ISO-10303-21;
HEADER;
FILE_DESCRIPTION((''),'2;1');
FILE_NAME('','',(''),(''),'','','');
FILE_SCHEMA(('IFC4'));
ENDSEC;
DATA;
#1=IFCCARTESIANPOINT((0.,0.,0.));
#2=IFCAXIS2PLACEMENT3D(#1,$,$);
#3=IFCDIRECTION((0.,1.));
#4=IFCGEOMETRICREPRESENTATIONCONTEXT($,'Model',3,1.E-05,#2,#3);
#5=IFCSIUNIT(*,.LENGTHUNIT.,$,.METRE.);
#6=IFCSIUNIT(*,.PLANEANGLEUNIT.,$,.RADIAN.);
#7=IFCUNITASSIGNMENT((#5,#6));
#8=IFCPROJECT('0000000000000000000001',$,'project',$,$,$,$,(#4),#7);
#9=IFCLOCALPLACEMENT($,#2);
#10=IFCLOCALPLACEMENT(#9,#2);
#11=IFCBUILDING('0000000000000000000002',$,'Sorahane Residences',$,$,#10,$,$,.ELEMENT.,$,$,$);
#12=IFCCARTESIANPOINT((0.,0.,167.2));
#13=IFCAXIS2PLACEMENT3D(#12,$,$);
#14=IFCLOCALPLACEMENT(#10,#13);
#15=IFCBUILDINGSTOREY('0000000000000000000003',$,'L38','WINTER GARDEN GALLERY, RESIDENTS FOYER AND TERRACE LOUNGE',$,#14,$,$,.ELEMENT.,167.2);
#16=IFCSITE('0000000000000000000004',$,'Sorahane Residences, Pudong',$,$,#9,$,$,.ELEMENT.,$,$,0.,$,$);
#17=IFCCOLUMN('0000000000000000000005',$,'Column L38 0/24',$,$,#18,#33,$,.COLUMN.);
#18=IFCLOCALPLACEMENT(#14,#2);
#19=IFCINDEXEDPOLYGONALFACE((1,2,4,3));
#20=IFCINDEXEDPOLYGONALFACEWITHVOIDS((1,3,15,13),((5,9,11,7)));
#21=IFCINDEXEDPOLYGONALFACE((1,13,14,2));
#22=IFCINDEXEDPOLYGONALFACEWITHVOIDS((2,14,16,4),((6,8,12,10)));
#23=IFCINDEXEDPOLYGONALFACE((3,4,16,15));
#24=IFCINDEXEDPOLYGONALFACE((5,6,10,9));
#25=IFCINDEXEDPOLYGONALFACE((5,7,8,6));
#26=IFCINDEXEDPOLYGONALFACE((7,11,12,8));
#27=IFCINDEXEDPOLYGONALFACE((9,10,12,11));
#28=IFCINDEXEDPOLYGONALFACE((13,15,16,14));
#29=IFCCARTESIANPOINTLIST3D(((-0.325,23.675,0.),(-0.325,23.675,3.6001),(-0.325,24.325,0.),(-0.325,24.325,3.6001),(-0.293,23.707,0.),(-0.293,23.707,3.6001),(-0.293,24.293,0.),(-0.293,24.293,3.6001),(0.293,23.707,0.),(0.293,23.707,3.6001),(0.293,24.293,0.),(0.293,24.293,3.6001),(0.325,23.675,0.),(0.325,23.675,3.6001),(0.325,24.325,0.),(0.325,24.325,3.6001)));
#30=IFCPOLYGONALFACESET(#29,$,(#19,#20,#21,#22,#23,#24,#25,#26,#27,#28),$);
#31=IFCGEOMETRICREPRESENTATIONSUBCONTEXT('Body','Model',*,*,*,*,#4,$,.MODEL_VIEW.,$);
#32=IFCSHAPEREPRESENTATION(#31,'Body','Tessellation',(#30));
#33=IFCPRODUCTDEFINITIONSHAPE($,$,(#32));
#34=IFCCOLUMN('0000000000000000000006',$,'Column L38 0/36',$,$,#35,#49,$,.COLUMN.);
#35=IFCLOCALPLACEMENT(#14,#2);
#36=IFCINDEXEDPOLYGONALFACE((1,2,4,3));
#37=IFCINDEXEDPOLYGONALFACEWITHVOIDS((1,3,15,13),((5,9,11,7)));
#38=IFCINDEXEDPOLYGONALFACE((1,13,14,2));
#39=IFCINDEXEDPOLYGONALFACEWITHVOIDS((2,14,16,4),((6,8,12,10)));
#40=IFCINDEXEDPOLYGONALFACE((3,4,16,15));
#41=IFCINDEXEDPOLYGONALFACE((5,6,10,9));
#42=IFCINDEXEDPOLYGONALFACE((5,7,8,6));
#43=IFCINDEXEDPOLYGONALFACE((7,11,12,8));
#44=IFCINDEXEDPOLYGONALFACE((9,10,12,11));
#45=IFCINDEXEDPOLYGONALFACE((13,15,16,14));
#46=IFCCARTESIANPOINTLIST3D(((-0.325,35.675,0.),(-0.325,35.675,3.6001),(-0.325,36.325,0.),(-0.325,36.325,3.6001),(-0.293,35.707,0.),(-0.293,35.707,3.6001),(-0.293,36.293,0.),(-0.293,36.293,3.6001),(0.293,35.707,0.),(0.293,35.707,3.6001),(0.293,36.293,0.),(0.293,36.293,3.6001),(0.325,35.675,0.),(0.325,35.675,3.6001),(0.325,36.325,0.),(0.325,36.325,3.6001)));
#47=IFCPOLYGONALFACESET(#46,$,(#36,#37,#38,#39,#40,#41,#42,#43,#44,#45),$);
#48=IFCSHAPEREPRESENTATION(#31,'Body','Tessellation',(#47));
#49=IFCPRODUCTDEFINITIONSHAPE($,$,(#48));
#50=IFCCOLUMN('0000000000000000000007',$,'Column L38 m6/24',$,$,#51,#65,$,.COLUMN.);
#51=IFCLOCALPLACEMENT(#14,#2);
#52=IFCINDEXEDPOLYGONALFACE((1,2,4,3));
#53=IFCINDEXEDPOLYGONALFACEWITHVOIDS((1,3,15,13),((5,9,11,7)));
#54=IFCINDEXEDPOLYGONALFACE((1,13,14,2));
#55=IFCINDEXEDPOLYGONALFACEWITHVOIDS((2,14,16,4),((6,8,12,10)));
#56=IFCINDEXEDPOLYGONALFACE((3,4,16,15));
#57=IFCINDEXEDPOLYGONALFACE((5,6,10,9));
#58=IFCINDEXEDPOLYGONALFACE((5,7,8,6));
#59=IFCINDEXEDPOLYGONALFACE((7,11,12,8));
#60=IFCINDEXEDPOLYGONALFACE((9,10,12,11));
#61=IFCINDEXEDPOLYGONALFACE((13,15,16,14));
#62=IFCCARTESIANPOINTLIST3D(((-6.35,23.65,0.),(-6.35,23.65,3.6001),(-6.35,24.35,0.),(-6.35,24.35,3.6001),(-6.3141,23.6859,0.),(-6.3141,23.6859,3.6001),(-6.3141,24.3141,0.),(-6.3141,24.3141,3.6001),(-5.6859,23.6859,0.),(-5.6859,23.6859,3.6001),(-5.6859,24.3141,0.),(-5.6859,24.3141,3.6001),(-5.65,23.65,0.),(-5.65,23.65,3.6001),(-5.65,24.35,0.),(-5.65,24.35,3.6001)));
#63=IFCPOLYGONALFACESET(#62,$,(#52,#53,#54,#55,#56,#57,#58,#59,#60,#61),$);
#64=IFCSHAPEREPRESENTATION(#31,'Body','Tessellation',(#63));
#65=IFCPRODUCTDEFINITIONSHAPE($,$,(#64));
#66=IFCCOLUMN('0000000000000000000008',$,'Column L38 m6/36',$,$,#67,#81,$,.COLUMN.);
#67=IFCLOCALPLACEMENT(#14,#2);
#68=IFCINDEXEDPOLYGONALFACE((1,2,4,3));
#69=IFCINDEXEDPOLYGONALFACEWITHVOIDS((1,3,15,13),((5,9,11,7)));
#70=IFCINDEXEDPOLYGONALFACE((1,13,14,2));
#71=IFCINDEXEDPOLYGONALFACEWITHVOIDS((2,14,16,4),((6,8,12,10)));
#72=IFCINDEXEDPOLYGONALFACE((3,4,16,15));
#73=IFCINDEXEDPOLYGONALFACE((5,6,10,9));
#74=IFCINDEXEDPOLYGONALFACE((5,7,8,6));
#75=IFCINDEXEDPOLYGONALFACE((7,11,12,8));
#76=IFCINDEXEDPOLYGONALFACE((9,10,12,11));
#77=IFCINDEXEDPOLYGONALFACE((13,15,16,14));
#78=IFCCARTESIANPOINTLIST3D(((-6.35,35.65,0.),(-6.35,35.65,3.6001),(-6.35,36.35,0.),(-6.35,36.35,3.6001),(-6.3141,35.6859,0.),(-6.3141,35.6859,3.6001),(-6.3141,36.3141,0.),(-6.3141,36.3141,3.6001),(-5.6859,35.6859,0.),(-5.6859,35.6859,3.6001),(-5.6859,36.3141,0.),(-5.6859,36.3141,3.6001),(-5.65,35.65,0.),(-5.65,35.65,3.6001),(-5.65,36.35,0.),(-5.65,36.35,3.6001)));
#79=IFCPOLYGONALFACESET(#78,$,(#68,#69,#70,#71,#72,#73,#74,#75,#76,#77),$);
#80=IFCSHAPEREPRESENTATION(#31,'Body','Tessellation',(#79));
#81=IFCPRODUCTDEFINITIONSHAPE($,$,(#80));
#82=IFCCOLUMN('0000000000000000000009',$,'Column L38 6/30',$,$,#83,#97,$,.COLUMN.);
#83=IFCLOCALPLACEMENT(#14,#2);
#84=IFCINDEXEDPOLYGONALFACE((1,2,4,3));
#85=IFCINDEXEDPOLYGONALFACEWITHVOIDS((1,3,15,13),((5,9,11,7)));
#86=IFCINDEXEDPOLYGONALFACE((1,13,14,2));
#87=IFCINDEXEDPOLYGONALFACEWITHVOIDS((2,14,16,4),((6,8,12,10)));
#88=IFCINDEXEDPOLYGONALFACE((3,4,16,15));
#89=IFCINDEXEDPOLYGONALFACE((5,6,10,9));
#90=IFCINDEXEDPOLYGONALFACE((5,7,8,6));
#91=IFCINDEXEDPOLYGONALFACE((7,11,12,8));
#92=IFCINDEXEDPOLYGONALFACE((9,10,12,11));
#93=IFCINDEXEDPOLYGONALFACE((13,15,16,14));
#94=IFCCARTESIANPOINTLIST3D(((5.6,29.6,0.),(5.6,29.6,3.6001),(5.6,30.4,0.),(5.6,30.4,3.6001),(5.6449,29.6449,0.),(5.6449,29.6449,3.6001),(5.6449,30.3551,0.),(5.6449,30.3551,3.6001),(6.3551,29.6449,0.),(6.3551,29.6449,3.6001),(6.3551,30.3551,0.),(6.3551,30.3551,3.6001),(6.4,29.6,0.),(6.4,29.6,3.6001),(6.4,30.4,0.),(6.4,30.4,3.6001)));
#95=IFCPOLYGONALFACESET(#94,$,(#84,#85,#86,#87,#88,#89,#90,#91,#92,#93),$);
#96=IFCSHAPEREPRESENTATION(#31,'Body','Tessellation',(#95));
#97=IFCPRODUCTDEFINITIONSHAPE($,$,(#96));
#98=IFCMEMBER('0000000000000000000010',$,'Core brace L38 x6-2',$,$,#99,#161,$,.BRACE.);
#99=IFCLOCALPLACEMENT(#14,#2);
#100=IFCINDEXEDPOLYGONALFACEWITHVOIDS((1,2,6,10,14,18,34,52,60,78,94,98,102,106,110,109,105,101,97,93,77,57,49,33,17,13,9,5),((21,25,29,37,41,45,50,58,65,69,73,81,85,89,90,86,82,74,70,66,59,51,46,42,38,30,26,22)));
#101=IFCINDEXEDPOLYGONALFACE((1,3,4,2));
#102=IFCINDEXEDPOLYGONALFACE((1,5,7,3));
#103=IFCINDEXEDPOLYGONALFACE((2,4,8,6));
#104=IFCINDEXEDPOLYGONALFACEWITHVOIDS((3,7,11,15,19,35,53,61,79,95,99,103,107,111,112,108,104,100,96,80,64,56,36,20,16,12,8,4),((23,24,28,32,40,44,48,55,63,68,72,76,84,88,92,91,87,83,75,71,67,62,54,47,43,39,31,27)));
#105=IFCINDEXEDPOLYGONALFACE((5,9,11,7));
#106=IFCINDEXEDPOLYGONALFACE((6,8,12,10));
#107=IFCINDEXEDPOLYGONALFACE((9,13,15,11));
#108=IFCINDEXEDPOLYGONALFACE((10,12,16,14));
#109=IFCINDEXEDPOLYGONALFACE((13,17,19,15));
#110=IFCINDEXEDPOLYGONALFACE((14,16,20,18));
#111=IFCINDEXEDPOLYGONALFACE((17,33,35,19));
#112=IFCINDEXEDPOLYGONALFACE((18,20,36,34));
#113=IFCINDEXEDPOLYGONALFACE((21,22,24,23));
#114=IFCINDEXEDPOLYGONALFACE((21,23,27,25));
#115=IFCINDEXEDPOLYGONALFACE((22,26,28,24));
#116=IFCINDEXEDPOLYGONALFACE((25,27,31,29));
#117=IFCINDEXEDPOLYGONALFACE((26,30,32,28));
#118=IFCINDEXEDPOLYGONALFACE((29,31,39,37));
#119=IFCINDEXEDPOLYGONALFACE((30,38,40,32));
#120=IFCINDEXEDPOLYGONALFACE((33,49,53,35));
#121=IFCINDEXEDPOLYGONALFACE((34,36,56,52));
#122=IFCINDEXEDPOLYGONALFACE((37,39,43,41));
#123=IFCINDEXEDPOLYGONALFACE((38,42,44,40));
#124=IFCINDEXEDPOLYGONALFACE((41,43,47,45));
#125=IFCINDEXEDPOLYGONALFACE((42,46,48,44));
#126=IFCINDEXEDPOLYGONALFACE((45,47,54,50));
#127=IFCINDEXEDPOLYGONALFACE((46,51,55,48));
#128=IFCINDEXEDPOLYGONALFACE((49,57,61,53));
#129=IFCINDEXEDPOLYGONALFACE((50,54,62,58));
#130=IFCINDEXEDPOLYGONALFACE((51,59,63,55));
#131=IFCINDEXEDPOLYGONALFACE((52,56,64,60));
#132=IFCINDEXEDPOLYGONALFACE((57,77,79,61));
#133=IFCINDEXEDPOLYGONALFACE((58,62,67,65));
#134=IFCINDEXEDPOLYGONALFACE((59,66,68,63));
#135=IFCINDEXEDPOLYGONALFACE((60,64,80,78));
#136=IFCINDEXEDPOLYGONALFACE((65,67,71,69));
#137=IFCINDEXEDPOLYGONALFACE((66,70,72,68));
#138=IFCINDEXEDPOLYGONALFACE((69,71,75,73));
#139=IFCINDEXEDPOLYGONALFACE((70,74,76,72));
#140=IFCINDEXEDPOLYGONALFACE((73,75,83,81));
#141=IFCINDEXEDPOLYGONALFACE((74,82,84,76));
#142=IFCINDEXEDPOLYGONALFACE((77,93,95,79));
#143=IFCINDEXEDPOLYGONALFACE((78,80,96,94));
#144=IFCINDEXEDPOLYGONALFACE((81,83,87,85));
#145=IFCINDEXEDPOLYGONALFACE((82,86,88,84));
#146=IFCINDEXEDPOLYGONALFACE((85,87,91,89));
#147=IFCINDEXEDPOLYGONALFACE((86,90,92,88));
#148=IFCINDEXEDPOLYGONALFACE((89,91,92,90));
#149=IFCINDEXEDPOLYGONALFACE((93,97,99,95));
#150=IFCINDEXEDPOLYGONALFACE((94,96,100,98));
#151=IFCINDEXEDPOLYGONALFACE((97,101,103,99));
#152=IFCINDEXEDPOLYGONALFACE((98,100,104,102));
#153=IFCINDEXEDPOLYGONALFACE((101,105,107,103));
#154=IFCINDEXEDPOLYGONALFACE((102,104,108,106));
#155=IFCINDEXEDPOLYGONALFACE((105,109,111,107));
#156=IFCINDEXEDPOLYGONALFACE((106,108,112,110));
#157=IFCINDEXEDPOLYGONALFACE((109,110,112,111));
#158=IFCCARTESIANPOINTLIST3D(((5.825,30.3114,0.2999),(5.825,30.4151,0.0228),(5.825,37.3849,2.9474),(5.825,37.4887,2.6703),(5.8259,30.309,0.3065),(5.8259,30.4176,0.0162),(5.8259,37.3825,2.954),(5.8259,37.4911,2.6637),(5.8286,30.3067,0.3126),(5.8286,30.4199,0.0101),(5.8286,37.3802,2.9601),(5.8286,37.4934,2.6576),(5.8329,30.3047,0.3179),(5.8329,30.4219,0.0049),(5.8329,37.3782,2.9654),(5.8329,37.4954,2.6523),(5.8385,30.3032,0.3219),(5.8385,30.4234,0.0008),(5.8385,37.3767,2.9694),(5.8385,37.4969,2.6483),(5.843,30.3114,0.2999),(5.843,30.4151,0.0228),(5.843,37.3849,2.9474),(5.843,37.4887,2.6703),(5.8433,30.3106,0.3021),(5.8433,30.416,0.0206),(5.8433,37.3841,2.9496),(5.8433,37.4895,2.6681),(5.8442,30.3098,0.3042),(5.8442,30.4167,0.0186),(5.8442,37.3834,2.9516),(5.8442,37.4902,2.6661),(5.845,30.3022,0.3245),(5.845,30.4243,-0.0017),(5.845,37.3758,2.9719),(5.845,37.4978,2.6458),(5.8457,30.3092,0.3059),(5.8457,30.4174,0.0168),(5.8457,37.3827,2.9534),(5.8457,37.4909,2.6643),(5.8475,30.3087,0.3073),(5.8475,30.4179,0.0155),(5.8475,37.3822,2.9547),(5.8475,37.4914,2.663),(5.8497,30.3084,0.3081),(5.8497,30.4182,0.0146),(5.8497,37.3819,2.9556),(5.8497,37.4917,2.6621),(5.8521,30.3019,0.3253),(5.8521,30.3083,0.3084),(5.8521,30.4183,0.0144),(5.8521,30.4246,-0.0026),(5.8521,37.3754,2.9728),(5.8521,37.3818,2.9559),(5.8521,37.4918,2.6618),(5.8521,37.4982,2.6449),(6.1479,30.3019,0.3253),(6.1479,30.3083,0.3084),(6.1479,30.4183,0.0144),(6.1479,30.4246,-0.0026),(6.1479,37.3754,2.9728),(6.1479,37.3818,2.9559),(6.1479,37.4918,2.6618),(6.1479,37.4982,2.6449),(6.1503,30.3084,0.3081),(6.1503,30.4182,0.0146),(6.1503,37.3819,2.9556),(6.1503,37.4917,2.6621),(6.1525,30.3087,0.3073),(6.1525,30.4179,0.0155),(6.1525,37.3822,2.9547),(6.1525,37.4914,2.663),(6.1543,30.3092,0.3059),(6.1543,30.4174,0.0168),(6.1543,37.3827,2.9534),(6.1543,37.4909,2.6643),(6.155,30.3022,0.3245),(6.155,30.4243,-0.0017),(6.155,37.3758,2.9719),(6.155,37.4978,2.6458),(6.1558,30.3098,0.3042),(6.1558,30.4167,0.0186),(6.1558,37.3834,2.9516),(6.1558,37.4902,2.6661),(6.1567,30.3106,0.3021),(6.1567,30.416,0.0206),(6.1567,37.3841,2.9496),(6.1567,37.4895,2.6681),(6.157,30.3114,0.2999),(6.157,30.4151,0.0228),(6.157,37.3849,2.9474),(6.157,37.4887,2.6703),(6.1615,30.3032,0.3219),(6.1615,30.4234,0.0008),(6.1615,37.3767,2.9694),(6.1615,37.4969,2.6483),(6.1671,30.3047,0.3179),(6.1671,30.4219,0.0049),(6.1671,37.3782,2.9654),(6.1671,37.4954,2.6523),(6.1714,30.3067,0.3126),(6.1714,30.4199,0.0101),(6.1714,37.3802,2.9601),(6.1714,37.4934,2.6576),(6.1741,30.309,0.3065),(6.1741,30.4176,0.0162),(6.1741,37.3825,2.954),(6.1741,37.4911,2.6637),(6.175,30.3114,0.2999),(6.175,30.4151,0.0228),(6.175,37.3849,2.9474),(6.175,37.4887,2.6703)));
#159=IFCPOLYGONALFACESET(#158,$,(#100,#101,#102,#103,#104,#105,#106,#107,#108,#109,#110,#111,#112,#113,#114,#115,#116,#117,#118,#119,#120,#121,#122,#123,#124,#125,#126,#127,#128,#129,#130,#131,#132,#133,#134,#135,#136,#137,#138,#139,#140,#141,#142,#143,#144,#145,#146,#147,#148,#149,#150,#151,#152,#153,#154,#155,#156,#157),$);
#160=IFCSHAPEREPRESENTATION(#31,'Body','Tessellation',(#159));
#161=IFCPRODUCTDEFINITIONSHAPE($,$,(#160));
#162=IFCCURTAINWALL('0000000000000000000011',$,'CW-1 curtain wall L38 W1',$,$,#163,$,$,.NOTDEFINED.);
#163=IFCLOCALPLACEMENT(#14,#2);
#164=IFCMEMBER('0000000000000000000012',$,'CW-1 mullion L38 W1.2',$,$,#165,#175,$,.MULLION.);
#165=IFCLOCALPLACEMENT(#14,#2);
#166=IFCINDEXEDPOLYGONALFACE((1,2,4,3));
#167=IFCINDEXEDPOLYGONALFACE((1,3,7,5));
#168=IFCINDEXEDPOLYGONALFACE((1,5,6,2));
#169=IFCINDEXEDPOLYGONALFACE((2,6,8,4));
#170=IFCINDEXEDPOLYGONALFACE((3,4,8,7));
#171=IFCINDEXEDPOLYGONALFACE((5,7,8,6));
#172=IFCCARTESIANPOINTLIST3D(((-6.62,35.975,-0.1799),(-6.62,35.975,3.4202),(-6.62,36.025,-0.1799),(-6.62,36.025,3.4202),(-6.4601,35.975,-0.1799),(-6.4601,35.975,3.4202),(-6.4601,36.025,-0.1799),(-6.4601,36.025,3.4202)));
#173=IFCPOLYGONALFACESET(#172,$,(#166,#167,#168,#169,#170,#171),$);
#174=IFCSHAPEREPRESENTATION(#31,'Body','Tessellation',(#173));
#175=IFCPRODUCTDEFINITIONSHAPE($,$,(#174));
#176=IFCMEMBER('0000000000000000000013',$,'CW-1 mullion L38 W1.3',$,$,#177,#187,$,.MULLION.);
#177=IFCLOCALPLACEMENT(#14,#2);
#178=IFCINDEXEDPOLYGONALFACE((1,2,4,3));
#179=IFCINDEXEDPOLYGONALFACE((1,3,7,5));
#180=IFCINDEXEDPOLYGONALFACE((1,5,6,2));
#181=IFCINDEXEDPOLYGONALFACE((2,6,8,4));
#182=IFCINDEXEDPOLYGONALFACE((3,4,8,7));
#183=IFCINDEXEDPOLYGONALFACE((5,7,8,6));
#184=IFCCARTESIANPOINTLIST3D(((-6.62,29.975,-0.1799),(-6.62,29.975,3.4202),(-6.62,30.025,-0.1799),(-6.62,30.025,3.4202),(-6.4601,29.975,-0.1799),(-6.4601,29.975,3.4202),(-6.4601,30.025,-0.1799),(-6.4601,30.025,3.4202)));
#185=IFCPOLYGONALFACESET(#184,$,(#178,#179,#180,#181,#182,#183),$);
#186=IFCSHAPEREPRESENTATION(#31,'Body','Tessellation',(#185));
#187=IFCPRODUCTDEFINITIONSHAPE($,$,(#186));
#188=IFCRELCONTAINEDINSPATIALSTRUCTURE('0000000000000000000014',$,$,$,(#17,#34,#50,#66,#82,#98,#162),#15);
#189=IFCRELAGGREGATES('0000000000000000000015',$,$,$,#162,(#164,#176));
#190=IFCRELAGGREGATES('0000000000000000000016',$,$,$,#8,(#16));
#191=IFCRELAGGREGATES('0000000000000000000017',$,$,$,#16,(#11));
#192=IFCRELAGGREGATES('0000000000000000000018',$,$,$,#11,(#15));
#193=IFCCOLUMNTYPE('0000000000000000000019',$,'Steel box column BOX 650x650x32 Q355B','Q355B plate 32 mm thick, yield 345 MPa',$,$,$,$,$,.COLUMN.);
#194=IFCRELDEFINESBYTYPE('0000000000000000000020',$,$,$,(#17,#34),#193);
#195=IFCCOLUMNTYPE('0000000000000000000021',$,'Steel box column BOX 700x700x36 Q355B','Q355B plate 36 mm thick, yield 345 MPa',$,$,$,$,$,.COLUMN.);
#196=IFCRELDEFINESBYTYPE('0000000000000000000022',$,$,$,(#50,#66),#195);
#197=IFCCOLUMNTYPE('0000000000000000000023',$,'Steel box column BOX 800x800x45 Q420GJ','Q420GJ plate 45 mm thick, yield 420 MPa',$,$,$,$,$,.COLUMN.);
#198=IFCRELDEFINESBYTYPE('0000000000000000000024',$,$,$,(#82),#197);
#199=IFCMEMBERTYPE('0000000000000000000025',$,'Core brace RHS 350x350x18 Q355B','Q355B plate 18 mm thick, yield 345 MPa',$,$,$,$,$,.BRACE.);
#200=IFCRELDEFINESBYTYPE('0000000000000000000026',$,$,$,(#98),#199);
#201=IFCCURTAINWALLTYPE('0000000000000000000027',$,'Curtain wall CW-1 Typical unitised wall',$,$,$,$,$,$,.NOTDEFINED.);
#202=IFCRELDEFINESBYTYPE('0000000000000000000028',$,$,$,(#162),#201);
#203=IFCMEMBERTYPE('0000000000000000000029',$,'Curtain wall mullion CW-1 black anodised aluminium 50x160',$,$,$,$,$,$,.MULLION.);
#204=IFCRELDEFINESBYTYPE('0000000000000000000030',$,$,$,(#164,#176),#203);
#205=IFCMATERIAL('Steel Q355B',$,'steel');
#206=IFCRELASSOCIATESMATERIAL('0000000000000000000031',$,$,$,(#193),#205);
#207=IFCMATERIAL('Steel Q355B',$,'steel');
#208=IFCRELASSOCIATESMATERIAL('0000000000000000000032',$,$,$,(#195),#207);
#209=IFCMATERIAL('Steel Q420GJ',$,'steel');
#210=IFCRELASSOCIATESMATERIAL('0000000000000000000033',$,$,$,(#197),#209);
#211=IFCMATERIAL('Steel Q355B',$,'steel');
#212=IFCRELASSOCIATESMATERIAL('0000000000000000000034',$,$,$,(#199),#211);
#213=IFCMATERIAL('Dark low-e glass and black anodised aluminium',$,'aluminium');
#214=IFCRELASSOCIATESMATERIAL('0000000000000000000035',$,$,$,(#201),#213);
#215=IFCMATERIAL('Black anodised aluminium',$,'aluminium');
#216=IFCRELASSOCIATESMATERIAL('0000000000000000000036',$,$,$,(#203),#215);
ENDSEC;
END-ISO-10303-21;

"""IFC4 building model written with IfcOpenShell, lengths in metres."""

from ifc_helpers import new_model, si_unit, direction, frame, origin, origin_2d, place, context, subcontext, project, spatial, rectangle, hollow_rectangle, extrude, material, material_profile, profile_set, type_object, element, aggregate, save


model = new_model("IFC4")

# Units and contexts
model_context = context("Model", 3, precision=1e-05, world=origin(), true_north=direction((0.0, 1.0)))
body_context = subcontext(model_context, "Body", "Model", "MODEL_VIEW")
ifc_project = project(units=[si_unit("LENGTHUNIT", "METRE"), si_unit("PLANEANGLEUNIT", "RADIAN")], contexts=[model_context])

# Site, building, storey
site_placement = place(None, origin())
site = spatial("IfcSite", under=ifc_project, at=site_placement, Name="Sorahane Residences, Pudong", CompositionType="ELEMENT", RefElevation=0.0)
building_placement = place(site_placement, origin())
building = spatial("IfcBuilding", under=site, at=building_placement, Name="Sorahane Residences", CompositionType="ELEMENT")
storey_placement = place(building_placement, frame((0.0, 0.0, 167.2)))
storey = spatial("IfcBuildingStorey", under=building, at=storey_placement, Name="L38", Description="WINTER GARDEN GALLERY, RESIDENTS FOYER AND TERRACE LOUNGE", CompositionType="ELEMENT", Elevation=167.2)

# Columns
ifc_material_1 = material(Name="Steel Q355B", Category="steel")
ifc_material_profile_1 = material_profile(ifc_material_1, hollow_rectangle(XDim=0.6499, YDim=0.6499, WallThickness=0.032, at=origin_2d()), Name="BOX 650x650x32")
ifc_profile_set_1 = profile_set([ifc_material_profile_1], Name="Steel Q355B")
column_type_1 = type_object("IfcColumnType", Name="Steel box column BOX 650x650x32 Q355B", Description="Q355B plate 32 mm thick, yield 345 MPa", PredefinedType="COLUMN", material=ifc_profile_set_1)
for number, where, z_axis, x_axis, name in (
    (1, (0.0, 24.0, 0.0), (0.0, 0.0, 1.0), (1.0, 0.0, 0.0), "Column L38 0/24"),
    (2, (0.0, 36.0, 0.0), (0.0, 0.0, 1.0), (1.0, 0.0, 0.0), "Column L38 0/36"),
):
    element("IfcColumn", number, at=place(storey_placement, frame(where, z_axis=z_axis, x_axis=x_axis)), inside=storey, type_object=column_type_1, Name=name, PredefinedType="COLUMN", context=body_context, shape_type="SweptSolid", body=[
        extrude(hollow_rectangle(XDim=0.6499, YDim=0.6499, WallThickness=0.032, at=origin_2d()), origin(), (0.0, 0.0, 1.0), 3.6001),
    ])
ifc_material_2 = material(Name="Steel Q355B", Category="steel")
ifc_material_profile_2 = material_profile(ifc_material_2, hollow_rectangle(XDim=0.7, YDim=0.7, WallThickness=0.0359, at=origin_2d()), Name="BOX 700x700x36")
ifc_profile_set_2 = profile_set([ifc_material_profile_2], Name="Steel Q355B")
column_type_2 = type_object("IfcColumnType", Name="Steel box column BOX 700x700x36 Q355B", Description="Q355B plate 36 mm thick, yield 345 MPa", PredefinedType="COLUMN", material=ifc_profile_set_2)
for number, where, z_axis, x_axis, name in (
    (3, (-6.0, 24.0, 0.0), (0.0, 0.0, 1.0), (1.0, 0.0, 0.0), "Column L38 m6/24"),
    (4, (-6.0, 36.0, 0.0), (0.0, 0.0, 1.0), (1.0, 0.0, 0.0), "Column L38 m6/36"),
):
    element("IfcColumn", number, at=place(storey_placement, frame(where, z_axis=z_axis, x_axis=x_axis)), inside=storey, type_object=column_type_2, Name=name, PredefinedType="COLUMN", context=body_context, shape_type="SweptSolid", body=[
        extrude(hollow_rectangle(XDim=0.7, YDim=0.7, WallThickness=0.0359, at=origin_2d()), origin(), (0.0, 0.0, 1.0), 3.6001),
    ])
ifc_material_3 = material(Name="Steel Q420GJ", Category="steel")
ifc_material_profile_3 = material_profile(ifc_material_3, hollow_rectangle(XDim=0.8, YDim=0.8, WallThickness=0.0449, at=origin_2d()), Name="BOX 800x800x45")
ifc_profile_set_3 = profile_set([ifc_material_profile_3], Name="Steel Q420GJ")
column_type_3 = type_object("IfcColumnType", Name="Steel box column BOX 800x800x45 Q420GJ", Description="Q420GJ plate 45 mm thick, yield 420 MPa", PredefinedType="COLUMN", material=ifc_profile_set_3)
column_placement = place(storey_placement, frame((6.0, 30.0, 0.0), z_axis=(0.0, 0.0, 1.0), x_axis=(1.0, 0.0, 0.0)))
element("IfcColumn", 5, at=column_placement, inside=storey, type_object=column_type_3, Name="Column L38 6/30", PredefinedType="COLUMN", context=body_context, shape_type="SweptSolid", body=[
    extrude(hollow_rectangle(XDim=0.8, YDim=0.8, WallThickness=0.0449, at=origin_2d()), origin(), (0.0, 0.0, 1.0), 3.6001),
])

# Member
ifc_material_4 = material(Name="Steel Q355B", Category="steel")
ifc_material_profile_4 = material_profile(ifc_material_4, hollow_rectangle(XDim=0.3501, YDim=0.3501, WallThickness=0.0181, InnerFilletRadius=0.009, OuterFilletRadius=0.0271, at=origin_2d()), Name="RHS 350x350x18")
ifc_profile_set_4 = profile_set([ifc_material_profile_4], Name="Steel Q355B")
member_type_1 = type_object("IfcMemberType", Name="Core brace RHS 350x350x18 Q355B", Description="Q355B plate 18 mm thick, yield 345 MPa", PredefinedType="BRACE", material=ifc_profile_set_4)
member_1_placement = place(storey_placement, frame((6.0, 30.3633, 0.1614), z_axis=(0.0, 0.936551, 0.350532), x_axis=(-1.0, 0.0, 0.0)))
element("IfcMember", 6, at=member_1_placement, inside=storey, type_object=member_type_1, Name="Core brace L38 x6-2", PredefinedType="BRACE", context=body_context, shape_type="SweptSolid", body=[
    extrude(hollow_rectangle(XDim=0.3501, YDim=0.3501, WallThickness=0.0181, InnerFilletRadius=0.009, OuterFilletRadius=0.0271, at=origin_2d()), origin(), (0.0, 0.0, 1.0), 7.5527),
])

# Curtain wall, members
ifc_material_5 = material(Name="Dark low-e glass and black anodised aluminium", Category="aluminium")
curtain_wall_type = type_object("IfcCurtainWallType", Name="Curtain wall CW-1 Typical unitised wall", PredefinedType="NOTDEFINED", material=ifc_material_5)
curtain_wall_placement = place(storey_placement, origin())
curtain_wall = element("IfcCurtainWall", 7, at=curtain_wall_placement, inside=storey, type_object=curtain_wall_type, Name="CW-1 curtain wall L38 W1", PredefinedType="NOTDEFINED")
ifc_material_6 = material(Name="Black anodised aluminium", Category="aluminium")
ifc_material_profile_5 = material_profile(ifc_material_6, rectangle(XDim=0.1599, YDim=0.05, at=origin_2d()), Name="Curtain wall mullion CW-1 black anodised aluminium 50x160")
ifc_profile_set_5 = profile_set([ifc_material_profile_5], Name="Black anodised aluminium")
member_type_2 = type_object("IfcMemberType", Name="Curtain wall mullion CW-1 black anodised aluminium 50x160", PredefinedType="MULLION", material=ifc_profile_set_5)
member_2_placement = place(storey_placement, frame((-6.54, 36.0, -0.1799), z_axis=(0.0, 0.0, 1.0), x_axis=(-1.0, 0.0, 0.0)))
member_2 = element("IfcMember", 8, at=member_2_placement, type_object=member_type_2, Name="CW-1 mullion L38 W1.2", PredefinedType="MULLION", context=body_context, shape_type="SweptSolid", body=[
    extrude(rectangle(XDim=0.1599, YDim=0.05, at=origin_2d()), origin(), (0.0, 0.0, 1.0), 3.6001),
])
member_3_placement = place(storey_placement, frame((-6.54, 30.0, -0.1799), z_axis=(0.0, 0.0, 1.0), x_axis=(-1.0, 0.0, 0.0)))
member_3 = element("IfcMember", 9, at=member_3_placement, type_object=member_type_2, Name="CW-1 mullion L38 W1.3", PredefinedType="MULLION", context=body_context, shape_type="SweptSolid", body=[
    extrude(rectangle(XDim=0.1599, YDim=0.05, at=origin_2d()), origin(), (0.0, 0.0, 1.0), 3.6001),
])

aggregate(curtain_wall, [member_2, member_3])

save(model, "model.ifc")
